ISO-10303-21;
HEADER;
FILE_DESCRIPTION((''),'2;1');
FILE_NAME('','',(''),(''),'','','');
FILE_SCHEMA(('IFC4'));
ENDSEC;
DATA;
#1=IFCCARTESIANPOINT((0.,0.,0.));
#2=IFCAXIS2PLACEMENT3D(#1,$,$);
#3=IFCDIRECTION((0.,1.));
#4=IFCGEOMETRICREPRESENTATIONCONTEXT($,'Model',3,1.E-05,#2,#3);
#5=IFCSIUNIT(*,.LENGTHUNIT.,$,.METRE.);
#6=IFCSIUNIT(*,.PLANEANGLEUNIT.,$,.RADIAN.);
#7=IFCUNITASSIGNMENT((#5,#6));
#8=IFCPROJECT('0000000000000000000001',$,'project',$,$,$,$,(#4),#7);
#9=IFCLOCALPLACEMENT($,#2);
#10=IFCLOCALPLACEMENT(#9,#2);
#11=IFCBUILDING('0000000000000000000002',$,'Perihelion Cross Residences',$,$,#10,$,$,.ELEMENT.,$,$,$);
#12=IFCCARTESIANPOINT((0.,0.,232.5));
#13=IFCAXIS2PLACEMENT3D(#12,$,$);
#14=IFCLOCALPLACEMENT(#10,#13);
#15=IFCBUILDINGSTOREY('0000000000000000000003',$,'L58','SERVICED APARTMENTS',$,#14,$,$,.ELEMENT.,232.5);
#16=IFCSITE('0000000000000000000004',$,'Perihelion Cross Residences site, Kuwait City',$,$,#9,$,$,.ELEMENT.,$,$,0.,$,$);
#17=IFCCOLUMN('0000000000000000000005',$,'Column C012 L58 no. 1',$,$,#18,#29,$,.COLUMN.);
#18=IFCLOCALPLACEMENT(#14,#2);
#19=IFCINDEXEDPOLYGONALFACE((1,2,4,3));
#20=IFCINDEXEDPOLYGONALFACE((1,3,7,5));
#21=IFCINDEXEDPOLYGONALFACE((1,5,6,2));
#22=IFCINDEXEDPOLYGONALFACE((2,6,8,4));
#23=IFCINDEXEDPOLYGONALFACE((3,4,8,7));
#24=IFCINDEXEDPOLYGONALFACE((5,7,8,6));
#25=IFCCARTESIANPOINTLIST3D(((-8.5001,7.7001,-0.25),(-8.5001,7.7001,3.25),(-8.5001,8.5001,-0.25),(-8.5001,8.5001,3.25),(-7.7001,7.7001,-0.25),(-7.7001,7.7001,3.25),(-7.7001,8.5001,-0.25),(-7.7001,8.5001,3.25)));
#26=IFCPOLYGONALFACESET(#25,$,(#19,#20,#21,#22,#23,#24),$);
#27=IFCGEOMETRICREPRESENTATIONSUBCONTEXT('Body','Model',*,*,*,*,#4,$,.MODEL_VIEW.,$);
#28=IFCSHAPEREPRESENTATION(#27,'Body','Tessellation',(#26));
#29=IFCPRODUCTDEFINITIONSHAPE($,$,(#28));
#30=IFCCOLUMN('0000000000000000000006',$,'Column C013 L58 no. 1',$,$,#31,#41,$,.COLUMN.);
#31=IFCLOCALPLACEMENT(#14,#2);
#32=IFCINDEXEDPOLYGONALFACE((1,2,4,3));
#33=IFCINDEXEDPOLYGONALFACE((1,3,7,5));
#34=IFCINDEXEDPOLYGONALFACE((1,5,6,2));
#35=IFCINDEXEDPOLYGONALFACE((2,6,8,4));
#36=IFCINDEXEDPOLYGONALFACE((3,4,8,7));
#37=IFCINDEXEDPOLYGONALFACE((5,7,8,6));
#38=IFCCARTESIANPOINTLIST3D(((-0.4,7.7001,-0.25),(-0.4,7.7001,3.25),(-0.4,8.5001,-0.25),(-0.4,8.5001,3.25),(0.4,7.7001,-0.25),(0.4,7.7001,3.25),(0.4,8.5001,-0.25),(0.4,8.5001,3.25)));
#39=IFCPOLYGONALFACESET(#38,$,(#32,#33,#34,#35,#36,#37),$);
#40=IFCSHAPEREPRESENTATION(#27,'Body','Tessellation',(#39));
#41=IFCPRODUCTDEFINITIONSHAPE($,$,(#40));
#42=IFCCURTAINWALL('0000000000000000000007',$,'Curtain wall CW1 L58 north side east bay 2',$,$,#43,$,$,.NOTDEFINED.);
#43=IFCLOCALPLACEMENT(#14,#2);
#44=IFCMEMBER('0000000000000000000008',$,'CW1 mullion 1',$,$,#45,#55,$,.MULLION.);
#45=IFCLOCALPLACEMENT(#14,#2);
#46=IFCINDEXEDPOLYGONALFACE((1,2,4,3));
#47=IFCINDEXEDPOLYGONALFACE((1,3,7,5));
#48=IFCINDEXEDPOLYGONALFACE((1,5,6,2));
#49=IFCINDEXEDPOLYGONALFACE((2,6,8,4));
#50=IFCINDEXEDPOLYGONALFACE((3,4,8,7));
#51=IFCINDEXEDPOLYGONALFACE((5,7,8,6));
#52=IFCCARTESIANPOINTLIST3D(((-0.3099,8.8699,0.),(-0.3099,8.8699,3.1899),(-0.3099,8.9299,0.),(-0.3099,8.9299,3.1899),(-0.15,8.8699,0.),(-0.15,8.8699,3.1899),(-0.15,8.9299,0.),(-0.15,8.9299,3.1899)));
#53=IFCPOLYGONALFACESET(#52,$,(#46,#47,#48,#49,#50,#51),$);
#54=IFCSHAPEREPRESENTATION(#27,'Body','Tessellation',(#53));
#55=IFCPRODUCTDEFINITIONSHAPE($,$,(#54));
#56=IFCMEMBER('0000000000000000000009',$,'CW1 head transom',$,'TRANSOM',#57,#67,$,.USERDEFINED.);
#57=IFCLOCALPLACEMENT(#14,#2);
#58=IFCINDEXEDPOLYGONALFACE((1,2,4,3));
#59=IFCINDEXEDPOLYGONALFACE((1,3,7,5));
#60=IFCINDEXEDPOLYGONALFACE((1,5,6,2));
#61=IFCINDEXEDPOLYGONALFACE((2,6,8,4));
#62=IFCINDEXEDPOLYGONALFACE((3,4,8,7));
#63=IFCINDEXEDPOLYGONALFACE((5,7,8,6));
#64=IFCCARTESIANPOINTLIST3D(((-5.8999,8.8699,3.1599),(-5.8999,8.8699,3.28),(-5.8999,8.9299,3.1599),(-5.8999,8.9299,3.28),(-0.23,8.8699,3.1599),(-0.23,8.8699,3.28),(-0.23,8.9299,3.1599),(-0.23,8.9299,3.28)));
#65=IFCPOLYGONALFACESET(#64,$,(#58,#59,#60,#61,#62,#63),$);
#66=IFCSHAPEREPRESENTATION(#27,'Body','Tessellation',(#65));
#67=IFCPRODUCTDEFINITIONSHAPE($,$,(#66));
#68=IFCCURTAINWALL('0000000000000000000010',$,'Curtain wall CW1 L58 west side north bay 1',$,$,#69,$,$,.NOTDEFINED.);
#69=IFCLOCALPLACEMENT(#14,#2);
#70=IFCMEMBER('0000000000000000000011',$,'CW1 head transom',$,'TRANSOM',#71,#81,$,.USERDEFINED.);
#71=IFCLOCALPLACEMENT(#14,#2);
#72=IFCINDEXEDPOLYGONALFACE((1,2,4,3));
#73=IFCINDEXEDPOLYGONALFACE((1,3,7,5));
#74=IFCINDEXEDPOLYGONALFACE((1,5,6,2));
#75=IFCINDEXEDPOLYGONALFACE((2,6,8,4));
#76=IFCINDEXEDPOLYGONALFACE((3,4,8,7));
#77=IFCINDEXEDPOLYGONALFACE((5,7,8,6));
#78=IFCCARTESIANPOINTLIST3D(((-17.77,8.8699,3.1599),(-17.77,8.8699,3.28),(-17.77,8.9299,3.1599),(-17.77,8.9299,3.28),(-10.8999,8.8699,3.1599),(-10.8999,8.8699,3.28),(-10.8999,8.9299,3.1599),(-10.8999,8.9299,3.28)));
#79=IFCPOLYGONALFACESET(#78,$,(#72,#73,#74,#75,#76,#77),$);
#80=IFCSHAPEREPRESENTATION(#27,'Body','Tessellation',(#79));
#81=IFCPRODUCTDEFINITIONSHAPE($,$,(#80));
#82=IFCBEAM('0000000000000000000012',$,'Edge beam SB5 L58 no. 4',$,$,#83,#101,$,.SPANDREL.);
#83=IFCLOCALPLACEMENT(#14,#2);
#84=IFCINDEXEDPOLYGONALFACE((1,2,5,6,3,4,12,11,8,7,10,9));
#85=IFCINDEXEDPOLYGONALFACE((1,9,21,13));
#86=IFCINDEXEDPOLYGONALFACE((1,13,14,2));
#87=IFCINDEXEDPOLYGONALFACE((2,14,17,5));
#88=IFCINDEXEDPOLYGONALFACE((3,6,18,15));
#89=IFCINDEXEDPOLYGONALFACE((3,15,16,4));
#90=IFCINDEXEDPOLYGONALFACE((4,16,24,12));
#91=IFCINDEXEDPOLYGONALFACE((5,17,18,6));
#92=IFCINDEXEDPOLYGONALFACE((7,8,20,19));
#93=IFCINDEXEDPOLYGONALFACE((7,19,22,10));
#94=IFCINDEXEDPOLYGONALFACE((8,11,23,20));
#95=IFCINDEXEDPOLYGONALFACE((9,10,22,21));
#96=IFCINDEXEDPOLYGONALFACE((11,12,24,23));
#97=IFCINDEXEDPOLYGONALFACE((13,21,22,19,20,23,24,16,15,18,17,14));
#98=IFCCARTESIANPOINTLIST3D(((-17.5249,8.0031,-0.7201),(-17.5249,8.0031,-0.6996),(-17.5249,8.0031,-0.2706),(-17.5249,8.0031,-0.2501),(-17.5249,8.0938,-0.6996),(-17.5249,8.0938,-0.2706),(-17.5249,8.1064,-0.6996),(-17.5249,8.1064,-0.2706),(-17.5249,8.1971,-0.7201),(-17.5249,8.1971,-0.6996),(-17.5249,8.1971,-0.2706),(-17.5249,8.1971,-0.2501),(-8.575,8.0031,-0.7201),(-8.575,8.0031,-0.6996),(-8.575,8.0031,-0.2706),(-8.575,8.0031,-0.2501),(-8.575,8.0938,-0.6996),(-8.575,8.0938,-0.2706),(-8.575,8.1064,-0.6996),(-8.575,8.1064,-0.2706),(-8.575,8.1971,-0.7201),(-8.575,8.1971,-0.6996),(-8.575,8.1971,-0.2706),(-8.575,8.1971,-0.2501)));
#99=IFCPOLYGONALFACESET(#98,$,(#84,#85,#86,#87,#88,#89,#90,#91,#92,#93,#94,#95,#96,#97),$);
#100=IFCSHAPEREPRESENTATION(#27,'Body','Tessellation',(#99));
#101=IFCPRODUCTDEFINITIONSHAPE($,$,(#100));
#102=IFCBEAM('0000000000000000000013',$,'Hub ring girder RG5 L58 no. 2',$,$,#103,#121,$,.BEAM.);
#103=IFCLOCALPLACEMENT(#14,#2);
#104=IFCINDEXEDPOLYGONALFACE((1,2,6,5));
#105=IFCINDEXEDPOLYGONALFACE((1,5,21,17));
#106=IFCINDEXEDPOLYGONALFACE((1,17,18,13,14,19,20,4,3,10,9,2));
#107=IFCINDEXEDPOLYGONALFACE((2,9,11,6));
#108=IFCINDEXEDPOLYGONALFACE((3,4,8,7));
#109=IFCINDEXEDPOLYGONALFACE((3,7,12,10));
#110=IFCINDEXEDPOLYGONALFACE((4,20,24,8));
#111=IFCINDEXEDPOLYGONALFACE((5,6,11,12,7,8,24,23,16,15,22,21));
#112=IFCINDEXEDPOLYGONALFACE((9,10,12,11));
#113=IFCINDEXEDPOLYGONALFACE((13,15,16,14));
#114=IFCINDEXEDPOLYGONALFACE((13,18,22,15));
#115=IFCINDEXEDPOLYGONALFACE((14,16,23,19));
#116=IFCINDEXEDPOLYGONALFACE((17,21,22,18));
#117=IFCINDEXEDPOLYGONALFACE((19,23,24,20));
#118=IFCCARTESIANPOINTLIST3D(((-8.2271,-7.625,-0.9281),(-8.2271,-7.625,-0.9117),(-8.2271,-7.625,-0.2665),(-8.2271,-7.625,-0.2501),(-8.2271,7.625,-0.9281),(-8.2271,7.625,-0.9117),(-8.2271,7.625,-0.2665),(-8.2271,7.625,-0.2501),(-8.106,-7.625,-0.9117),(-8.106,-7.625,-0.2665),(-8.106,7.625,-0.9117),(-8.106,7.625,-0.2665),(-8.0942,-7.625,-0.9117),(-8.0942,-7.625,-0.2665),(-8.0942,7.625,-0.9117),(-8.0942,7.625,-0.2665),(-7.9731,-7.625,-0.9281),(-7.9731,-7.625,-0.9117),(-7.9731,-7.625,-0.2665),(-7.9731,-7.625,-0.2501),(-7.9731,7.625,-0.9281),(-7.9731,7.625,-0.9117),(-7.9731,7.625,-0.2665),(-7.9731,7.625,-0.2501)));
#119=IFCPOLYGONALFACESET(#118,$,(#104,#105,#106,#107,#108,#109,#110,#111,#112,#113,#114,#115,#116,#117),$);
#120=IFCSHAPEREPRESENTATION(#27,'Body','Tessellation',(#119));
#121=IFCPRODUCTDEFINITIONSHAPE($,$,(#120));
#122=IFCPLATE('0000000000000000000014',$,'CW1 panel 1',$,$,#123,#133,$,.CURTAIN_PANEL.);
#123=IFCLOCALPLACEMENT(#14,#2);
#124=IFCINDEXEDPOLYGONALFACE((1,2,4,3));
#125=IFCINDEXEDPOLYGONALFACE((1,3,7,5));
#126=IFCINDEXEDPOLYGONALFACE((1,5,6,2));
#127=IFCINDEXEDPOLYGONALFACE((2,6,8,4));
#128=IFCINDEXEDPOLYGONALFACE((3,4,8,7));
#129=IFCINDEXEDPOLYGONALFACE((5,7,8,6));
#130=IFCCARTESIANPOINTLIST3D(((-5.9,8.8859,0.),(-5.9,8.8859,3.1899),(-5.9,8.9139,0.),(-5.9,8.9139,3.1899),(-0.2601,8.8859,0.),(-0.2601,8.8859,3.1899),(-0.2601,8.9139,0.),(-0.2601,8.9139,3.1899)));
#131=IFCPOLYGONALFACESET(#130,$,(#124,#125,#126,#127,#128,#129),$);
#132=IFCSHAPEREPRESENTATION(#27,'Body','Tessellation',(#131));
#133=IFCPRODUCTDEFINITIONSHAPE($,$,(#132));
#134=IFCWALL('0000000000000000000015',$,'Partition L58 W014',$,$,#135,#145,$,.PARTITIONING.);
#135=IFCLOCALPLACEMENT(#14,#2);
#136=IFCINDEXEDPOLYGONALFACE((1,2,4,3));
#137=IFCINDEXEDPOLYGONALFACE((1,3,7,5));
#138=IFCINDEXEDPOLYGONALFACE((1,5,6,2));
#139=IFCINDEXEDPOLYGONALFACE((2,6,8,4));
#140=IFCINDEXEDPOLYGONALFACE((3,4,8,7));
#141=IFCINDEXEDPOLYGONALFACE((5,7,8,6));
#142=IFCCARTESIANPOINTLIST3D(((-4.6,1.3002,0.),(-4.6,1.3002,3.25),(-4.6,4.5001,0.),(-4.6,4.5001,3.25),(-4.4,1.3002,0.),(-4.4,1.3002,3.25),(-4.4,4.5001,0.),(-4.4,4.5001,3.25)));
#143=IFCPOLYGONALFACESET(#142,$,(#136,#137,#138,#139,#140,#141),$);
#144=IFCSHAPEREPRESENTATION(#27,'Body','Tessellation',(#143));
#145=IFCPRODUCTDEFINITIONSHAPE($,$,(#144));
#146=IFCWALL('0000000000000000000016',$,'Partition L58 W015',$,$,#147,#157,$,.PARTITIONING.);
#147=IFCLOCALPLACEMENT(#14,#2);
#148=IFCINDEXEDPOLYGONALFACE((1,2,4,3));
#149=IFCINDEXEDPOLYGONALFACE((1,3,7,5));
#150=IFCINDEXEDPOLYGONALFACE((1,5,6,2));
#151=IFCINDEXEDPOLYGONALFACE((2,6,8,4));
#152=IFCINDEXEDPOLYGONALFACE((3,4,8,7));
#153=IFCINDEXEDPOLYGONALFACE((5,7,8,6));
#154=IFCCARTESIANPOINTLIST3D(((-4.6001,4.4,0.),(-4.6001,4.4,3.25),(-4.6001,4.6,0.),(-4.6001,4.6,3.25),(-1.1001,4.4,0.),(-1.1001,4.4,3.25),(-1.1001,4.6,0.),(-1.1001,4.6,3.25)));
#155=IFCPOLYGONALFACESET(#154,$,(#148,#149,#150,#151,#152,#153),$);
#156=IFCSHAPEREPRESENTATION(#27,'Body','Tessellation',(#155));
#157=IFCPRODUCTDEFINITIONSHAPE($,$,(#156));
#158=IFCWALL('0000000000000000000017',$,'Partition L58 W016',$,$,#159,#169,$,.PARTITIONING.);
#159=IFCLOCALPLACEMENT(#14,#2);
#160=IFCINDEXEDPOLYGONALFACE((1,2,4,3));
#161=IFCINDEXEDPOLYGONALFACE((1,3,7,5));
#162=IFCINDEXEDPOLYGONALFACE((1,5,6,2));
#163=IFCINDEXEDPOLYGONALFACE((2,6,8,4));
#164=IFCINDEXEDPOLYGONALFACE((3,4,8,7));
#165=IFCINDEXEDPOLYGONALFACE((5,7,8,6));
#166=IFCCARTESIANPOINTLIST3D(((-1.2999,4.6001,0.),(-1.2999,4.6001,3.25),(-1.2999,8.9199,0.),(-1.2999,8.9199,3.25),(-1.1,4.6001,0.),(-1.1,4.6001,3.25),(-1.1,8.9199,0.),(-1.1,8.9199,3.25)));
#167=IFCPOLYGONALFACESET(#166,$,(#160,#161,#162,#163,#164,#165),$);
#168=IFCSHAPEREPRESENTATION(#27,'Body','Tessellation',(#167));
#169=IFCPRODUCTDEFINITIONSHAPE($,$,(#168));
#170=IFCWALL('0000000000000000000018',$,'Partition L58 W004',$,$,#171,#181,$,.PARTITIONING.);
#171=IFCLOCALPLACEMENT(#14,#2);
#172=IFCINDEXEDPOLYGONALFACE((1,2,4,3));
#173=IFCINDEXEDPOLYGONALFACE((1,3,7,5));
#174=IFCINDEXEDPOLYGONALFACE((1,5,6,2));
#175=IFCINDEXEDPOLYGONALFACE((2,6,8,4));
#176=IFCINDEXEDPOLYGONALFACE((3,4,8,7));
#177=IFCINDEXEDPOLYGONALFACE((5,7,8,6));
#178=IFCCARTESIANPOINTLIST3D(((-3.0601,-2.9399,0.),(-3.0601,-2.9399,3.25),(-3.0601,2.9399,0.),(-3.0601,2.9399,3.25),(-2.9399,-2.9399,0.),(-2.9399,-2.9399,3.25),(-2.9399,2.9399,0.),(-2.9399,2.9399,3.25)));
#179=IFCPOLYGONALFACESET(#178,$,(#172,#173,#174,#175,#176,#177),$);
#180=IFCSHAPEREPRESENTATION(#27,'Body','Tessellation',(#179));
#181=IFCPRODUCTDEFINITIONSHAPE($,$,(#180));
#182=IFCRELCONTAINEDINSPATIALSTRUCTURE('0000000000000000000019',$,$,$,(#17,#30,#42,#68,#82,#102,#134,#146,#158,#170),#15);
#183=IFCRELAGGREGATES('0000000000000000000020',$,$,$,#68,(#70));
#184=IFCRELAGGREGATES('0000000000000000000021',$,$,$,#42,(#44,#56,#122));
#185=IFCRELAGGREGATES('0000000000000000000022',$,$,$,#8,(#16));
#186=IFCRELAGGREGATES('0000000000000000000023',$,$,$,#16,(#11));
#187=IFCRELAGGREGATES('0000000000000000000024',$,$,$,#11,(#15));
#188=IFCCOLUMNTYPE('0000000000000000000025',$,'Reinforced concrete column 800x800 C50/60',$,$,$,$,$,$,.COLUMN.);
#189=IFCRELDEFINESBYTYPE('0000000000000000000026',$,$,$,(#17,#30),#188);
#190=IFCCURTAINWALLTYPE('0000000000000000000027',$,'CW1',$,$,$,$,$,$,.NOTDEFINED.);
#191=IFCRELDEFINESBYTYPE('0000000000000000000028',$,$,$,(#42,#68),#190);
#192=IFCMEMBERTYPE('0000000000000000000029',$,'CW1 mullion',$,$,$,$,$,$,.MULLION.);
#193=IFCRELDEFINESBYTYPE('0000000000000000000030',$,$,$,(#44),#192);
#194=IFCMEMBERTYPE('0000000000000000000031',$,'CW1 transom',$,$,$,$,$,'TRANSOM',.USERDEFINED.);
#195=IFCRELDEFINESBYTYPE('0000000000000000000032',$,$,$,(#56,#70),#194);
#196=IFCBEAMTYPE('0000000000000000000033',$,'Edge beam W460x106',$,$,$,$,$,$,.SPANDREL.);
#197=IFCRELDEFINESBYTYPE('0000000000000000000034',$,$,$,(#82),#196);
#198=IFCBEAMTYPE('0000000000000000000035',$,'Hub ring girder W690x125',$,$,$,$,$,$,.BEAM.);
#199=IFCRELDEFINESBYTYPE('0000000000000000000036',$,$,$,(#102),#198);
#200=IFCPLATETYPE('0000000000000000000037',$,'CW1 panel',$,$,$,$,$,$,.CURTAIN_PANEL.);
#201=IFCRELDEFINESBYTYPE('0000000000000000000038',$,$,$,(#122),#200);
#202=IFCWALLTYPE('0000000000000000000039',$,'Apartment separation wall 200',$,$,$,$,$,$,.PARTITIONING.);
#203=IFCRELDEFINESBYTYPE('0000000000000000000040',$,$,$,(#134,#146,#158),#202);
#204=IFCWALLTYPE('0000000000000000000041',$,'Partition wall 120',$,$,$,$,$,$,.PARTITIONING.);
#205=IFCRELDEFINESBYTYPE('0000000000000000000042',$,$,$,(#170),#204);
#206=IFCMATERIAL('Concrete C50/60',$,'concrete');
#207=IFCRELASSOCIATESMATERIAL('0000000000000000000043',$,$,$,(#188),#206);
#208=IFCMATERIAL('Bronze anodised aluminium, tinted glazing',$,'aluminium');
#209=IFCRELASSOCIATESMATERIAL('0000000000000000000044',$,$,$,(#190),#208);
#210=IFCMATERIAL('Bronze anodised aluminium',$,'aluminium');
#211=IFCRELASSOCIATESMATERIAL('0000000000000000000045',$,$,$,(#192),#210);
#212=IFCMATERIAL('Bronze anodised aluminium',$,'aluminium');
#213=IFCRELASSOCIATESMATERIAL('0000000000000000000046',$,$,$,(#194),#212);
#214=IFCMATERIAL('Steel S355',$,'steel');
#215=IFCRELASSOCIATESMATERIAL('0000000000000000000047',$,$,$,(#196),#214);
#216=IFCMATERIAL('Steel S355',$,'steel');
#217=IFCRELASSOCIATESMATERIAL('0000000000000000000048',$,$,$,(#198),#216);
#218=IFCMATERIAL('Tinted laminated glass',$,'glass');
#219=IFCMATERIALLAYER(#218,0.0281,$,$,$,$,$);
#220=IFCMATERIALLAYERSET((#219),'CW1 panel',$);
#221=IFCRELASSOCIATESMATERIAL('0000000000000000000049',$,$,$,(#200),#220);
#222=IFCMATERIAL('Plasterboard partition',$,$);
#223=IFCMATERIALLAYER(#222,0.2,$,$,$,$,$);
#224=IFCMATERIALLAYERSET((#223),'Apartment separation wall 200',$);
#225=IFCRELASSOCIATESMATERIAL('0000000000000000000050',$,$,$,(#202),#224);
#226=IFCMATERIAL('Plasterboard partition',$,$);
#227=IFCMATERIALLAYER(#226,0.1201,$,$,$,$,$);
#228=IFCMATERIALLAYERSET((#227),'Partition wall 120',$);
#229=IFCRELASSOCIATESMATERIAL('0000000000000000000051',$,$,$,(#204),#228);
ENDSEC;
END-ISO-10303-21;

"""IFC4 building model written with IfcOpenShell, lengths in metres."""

from ifc_helpers import new_model, si_unit, direction, frame, frame_2d, origin, origin_2d, place, context, subcontext, project, spatial, rectangle, i_section, extrude, material, layer, layer_set, material_profile, profile_set, type_object, element, aggregate, save


model = new_model("IFC4")

# Units and contexts
model_context = context("Model", 3, precision=1e-05, world=origin(), true_north=direction((0.0, 1.0)))
body_context = subcontext(model_context, "Body", "Model", "MODEL_VIEW")
ifc_project = project(units=[si_unit("LENGTHUNIT", "METRE"), si_unit("PLANEANGLEUNIT", "RADIAN")], contexts=[model_context])

# Site, building, storey
site_placement = place(None, origin())
site = spatial("IfcSite", under=ifc_project, at=site_placement, Name="Perihelion Cross Residences site, Kuwait City", CompositionType="ELEMENT", RefElevation=0.0)
building_placement = place(site_placement, origin())
building = spatial("IfcBuilding", under=site, at=building_placement, Name="Perihelion Cross Residences", CompositionType="ELEMENT")
storey_placement = place(building_placement, frame((0.0, 0.0, 232.5)))
storey = spatial("IfcBuildingStorey", under=building, at=storey_placement, Name="L58", Description="SERVICED APARTMENTS", CompositionType="ELEMENT", Elevation=232.5)

# Columns
ifc_material_1 = material(Name="Concrete C50/60", Category="concrete")
ifc_material_profile_1 = material_profile(ifc_material_1, rectangle(XDim=0.8, YDim=0.8, at=origin_2d()), Name="RC 800x800")
ifc_profile_set_1 = profile_set([ifc_material_profile_1], Name="Concrete C50/60")
column_type = type_object("IfcColumnType", Name="Reinforced concrete column 800x800 C50/60", PredefinedType="COLUMN", material=ifc_profile_set_1)
for number, where, z_axis, x_axis, name in (
    (1, (-8.1001, 8.1001, -0.25), (0.0, 0.0, 1.0), (1.0, 0.0, 0.0), "Column C012 L58 no. 1"),
    (2, (0.0, 8.1001, -0.25), (0.0, 0.0, 1.0), (1.0, 0.0, 0.0), "Column C013 L58 no. 1"),
):
    element("IfcColumn", number, at=place(storey_placement, frame(where, z_axis=z_axis, x_axis=x_axis)), inside=storey, type_object=column_type, Name=name, PredefinedType="COLUMN", context=body_context, shape_type="SweptSolid", body=[
        extrude(rectangle(XDim=0.8, YDim=0.8, at=origin_2d()), origin(), (0.0, 0.0, 1.0), 3.5),
    ])

# Curtain wall, members
ifc_material_2 = material(Name="Bronze anodised aluminium, tinted glazing", Category="aluminium")
curtain_wall_type = type_object("IfcCurtainWallType", Name="CW1", PredefinedType="NOTDEFINED", material=ifc_material_2)
curtain_wall_1_placement = place(storey_placement, origin())
curtain_wall_1 = element("IfcCurtainWall", 3, at=curtain_wall_1_placement, inside=storey, type_object=curtain_wall_type, Name="Curtain wall CW1 L58 north side east bay 2", PredefinedType="NOTDEFINED")
ifc_material_3 = material(Name="Bronze anodised aluminium", Category="aluminium")
ifc_material_profile_2 = material_profile(ifc_material_3, rectangle(XDim=0.0601, YDim=0.1599, at=origin_2d()), Name="CW1 mullion")
ifc_profile_set_2 = profile_set([ifc_material_profile_2], Name="Bronze anodised aluminium")
member_type_1 = type_object("IfcMemberType", Name="CW1 mullion", PredefinedType="MULLION", material=ifc_profile_set_2)
member_1_placement = place(storey_placement, frame((-0.23, 8.8999, 0.0), z_axis=(0.0, 0.0, 1.0), x_axis=(0.0, -1.0, 0.0)))
member_1 = element("IfcMember", 4, at=member_1_placement, type_object=member_type_1, Name="CW1 mullion 1", PredefinedType="MULLION", context=body_context, shape_type="SweptSolid", body=[
    extrude(rectangle(XDim=0.0601, YDim=0.1599, at=origin_2d()), origin(), (0.0, 0.0, 1.0), 3.1899),
])
ifc_material_4 = material(Name="Bronze anodised aluminium", Category="aluminium")
ifc_material_profile_3 = material_profile(ifc_material_4, rectangle(XDim=0.0601, YDim=0.1201, at=origin_2d()), Name="CW1 transom")
ifc_profile_set_3 = profile_set([ifc_material_profile_3], Name="Bronze anodised aluminium")
member_type_2 = type_object("IfcMemberType", Name="CW1 transom", ElementType="TRANSOM", PredefinedType="USERDEFINED", material=ifc_profile_set_3)
member_2_placement = place(storey_placement, frame((-0.23, 8.8999, 3.22), z_axis=(-1.0, 0.0, 0.0), x_axis=(0.0, -1.0, 0.0)))
member_2 = element("IfcMember", 5, at=member_2_placement, type_object=member_type_2, Name="CW1 head transom", ObjectType="TRANSOM", PredefinedType="USERDEFINED", context=body_context, shape_type="SweptSolid", body=[
    extrude(rectangle(XDim=0.0601, YDim=0.1201, at=origin_2d()), origin(), (0.0, 0.0, 1.0), 5.6699),
])

# Curtain wall, member
curtain_wall_2_placement = place(storey_placement, origin())
curtain_wall_2 = element("IfcCurtainWall", 6, at=curtain_wall_2_placement, inside=storey, type_object=curtain_wall_type, Name="Curtain wall CW1 L58 west side north bay 1", PredefinedType="NOTDEFINED")
member_3_placement = place(storey_placement, frame((-10.8999, 8.8999, 3.22), z_axis=(-1.0, 0.0, 0.0), x_axis=(0.0, -1.0, 0.0)))
member_3 = element("IfcMember", 7, at=member_3_placement, type_object=member_type_2, Name="CW1 head transom", ObjectType="TRANSOM", PredefinedType="USERDEFINED", context=body_context, shape_type="SweptSolid", body=[
    extrude(rectangle(XDim=0.0601, YDim=0.1201, at=origin_2d()), origin(), (0.0, 0.0, 1.0), 6.8701),
])
aggregate(curtain_wall_2, [member_3])

# Beams
ifc_material_5 = material(Name="Steel S355", Category="steel")
ifc_material_profile_4 = material_profile(ifc_material_5, i_section(OverallWidth=0.1941, OverallDepth=0.47, WebThickness=0.0127, FlangeThickness=0.0205, at=origin_2d()), Name="W460x106")
ifc_profile_set_4 = profile_set([ifc_material_profile_4], Name="Steel S355")
beam_type_1 = type_object("IfcBeamType", Name="Edge beam W460x106", PredefinedType="SPANDREL", material=ifc_profile_set_4)
beam_1_placement = place(storey_placement, frame((-8.575, 8.1001, -0.4851), z_axis=(-1.0, 0.0, 0.0), x_axis=(0.0, -1.0, 0.0)))
element("IfcBeam", 8, at=beam_1_placement, inside=storey, type_object=beam_type_1, Name="Edge beam SB5 L58 no. 4", PredefinedType="SPANDREL", context=body_context, shape_type="SweptSolid", body=[
    extrude(i_section(OverallWidth=0.1941, OverallDepth=0.47, WebThickness=0.0127, FlangeThickness=0.0205, at=origin_2d()), origin(), (0.0, 0.0, 1.0), 8.95),
])
ifc_material_6 = material(Name="Steel S355", Category="steel")
ifc_material_profile_5 = material_profile(ifc_material_6, i_section(OverallWidth=0.2539, OverallDepth=0.678, WebThickness=0.0117, FlangeThickness=0.0164, at=origin_2d()), Name="W690x125")
ifc_profile_set_5 = profile_set([ifc_material_profile_5], Name="Steel S355")
beam_type_2 = type_object("IfcBeamType", Name="Hub ring girder W690x125", PredefinedType="BEAM", material=ifc_profile_set_5)
beam_2_placement = place(storey_placement, frame((-8.1001, 7.625, -0.5891), z_axis=(0.0, -1.0, 0.0), x_axis=(1.0, 0.0, 0.0)))
element("IfcBeam", 9, at=beam_2_placement, inside=storey, type_object=beam_type_2, Name="Hub ring girder RG5 L58 no. 2", PredefinedType="BEAM", context=body_context, shape_type="SweptSolid", body=[
    extrude(i_section(OverallWidth=0.2539, OverallDepth=0.678, WebThickness=0.0117, FlangeThickness=0.0164, at=origin_2d()), origin(), (0.0, 0.0, 1.0), 15.25),
])

# Plate
ifc_material_7 = material(Name="Tinted laminated glass", Category="glass")
ifc_layer_1 = layer(ifc_material_7, 0.0281)
ifc_layer_set_1 = layer_set([ifc_layer_1], Name="CW1 panel")
plate_type = type_object("IfcPlateType", Name="CW1 panel", PredefinedType="CURTAIN_PANEL", material=ifc_layer_set_1)
plate_placement = place(storey_placement, frame((-3.0801, 8.8999, 0.0), z_axis=(0.0, 0.0, 1.0), x_axis=(-1.0, 0.0, 0.0)))
plate = element("IfcPlate", 10, at=plate_placement, type_object=plate_type, Name="CW1 panel 1", PredefinedType="CURTAIN_PANEL", context=body_context, shape_type="SweptSolid", body=[
    extrude(rectangle(XDim=5.6399, YDim=0.0281, at=origin_2d()), origin(), (0.0, 0.0, 1.0), 3.1899),
])
aggregate(curtain_wall_1, [member_1, member_2, plate])

# Walls
ifc_material_8 = material(Name="Plasterboard partition")
ifc_layer_2 = layer(ifc_material_8, 0.2)
ifc_layer_set_2 = layer_set([ifc_layer_2], Name="Apartment separation wall 200")
wall_type_1 = type_object("IfcWallType", Name="Apartment separation wall 200", PredefinedType="PARTITIONING", material=ifc_layer_set_2)
wall_1_placement = place(storey_placement, frame((-4.5, 1.3, 0.0), z_axis=(0.0, 0.0, 1.0), x_axis=(0.0, 1.0, 0.0)))
element("IfcWall", 11, at=wall_1_placement, inside=storey, type_object=wall_type_1, Name="Partition L58 W014", PredefinedType="PARTITIONING", context=body_context, shape_type="SweptSolid", body=[
    extrude(rectangle(XDim=3.2, YDim=0.2, at=frame_2d((1.6001, 0.0))), origin(), (0.0, 0.0, 1.0), 3.25),
])
wall_2_placement = place(storey_placement, frame((-4.6001, 4.5, 0.0), z_axis=(0.0, 0.0, 1.0), x_axis=(1.0, 0.0, 0.0)))
element("IfcWall", 12, at=wall_2_placement, inside=storey, type_object=wall_type_1, Name="Partition L58 W015", PredefinedType="PARTITIONING", context=body_context, shape_type="SweptSolid", body=[
    extrude(rectangle(XDim=3.5, YDim=0.2, at=frame_2d((1.75, 0.0))), origin(), (0.0, 0.0, 1.0), 3.25),
])
wall_3_placement = place(storey_placement, frame((-1.2, 4.6001, 0.0), z_axis=(0.0, 0.0, 1.0), x_axis=(0.0, 1.0, 0.0)))
element("IfcWall", 13, at=wall_3_placement, inside=storey, type_object=wall_type_1, Name="Partition L58 W016", PredefinedType="PARTITIONING", context=body_context, shape_type="SweptSolid", body=[
    extrude(rectangle(XDim=4.3198, YDim=0.2, at=frame_2d((2.1599, 0.0))), origin(), (0.0, 0.0, 1.0), 3.25),
])

# Wall
ifc_material_9 = material(Name="Plasterboard partition")
ifc_layer_3 = layer(ifc_material_9, 0.1201)
ifc_layer_set_3 = layer_set([ifc_layer_3], Name="Partition wall 120")
wall_type_2 = type_object("IfcWallType", Name="Partition wall 120", PredefinedType="PARTITIONING", material=ifc_layer_set_3)
wall_4_placement = place(storey_placement, frame((-3.0, 2.9399, 0.0), z_axis=(0.0, 0.0, 1.0), x_axis=(0.0, -1.0, 0.0)))
element("IfcWall", 14, at=wall_4_placement, inside=storey, type_object=wall_type_2, Name="Partition L58 W004", PredefinedType="PARTITIONING", context=body_context, shape_type="SweptSolid", body=[
    extrude(rectangle(XDim=5.8799, YDim=0.1201, at=frame_2d((2.9399, 0.0))), origin(), (0.0, 0.0, 1.0), 3.25),
])

save(model, "model.ifc")
